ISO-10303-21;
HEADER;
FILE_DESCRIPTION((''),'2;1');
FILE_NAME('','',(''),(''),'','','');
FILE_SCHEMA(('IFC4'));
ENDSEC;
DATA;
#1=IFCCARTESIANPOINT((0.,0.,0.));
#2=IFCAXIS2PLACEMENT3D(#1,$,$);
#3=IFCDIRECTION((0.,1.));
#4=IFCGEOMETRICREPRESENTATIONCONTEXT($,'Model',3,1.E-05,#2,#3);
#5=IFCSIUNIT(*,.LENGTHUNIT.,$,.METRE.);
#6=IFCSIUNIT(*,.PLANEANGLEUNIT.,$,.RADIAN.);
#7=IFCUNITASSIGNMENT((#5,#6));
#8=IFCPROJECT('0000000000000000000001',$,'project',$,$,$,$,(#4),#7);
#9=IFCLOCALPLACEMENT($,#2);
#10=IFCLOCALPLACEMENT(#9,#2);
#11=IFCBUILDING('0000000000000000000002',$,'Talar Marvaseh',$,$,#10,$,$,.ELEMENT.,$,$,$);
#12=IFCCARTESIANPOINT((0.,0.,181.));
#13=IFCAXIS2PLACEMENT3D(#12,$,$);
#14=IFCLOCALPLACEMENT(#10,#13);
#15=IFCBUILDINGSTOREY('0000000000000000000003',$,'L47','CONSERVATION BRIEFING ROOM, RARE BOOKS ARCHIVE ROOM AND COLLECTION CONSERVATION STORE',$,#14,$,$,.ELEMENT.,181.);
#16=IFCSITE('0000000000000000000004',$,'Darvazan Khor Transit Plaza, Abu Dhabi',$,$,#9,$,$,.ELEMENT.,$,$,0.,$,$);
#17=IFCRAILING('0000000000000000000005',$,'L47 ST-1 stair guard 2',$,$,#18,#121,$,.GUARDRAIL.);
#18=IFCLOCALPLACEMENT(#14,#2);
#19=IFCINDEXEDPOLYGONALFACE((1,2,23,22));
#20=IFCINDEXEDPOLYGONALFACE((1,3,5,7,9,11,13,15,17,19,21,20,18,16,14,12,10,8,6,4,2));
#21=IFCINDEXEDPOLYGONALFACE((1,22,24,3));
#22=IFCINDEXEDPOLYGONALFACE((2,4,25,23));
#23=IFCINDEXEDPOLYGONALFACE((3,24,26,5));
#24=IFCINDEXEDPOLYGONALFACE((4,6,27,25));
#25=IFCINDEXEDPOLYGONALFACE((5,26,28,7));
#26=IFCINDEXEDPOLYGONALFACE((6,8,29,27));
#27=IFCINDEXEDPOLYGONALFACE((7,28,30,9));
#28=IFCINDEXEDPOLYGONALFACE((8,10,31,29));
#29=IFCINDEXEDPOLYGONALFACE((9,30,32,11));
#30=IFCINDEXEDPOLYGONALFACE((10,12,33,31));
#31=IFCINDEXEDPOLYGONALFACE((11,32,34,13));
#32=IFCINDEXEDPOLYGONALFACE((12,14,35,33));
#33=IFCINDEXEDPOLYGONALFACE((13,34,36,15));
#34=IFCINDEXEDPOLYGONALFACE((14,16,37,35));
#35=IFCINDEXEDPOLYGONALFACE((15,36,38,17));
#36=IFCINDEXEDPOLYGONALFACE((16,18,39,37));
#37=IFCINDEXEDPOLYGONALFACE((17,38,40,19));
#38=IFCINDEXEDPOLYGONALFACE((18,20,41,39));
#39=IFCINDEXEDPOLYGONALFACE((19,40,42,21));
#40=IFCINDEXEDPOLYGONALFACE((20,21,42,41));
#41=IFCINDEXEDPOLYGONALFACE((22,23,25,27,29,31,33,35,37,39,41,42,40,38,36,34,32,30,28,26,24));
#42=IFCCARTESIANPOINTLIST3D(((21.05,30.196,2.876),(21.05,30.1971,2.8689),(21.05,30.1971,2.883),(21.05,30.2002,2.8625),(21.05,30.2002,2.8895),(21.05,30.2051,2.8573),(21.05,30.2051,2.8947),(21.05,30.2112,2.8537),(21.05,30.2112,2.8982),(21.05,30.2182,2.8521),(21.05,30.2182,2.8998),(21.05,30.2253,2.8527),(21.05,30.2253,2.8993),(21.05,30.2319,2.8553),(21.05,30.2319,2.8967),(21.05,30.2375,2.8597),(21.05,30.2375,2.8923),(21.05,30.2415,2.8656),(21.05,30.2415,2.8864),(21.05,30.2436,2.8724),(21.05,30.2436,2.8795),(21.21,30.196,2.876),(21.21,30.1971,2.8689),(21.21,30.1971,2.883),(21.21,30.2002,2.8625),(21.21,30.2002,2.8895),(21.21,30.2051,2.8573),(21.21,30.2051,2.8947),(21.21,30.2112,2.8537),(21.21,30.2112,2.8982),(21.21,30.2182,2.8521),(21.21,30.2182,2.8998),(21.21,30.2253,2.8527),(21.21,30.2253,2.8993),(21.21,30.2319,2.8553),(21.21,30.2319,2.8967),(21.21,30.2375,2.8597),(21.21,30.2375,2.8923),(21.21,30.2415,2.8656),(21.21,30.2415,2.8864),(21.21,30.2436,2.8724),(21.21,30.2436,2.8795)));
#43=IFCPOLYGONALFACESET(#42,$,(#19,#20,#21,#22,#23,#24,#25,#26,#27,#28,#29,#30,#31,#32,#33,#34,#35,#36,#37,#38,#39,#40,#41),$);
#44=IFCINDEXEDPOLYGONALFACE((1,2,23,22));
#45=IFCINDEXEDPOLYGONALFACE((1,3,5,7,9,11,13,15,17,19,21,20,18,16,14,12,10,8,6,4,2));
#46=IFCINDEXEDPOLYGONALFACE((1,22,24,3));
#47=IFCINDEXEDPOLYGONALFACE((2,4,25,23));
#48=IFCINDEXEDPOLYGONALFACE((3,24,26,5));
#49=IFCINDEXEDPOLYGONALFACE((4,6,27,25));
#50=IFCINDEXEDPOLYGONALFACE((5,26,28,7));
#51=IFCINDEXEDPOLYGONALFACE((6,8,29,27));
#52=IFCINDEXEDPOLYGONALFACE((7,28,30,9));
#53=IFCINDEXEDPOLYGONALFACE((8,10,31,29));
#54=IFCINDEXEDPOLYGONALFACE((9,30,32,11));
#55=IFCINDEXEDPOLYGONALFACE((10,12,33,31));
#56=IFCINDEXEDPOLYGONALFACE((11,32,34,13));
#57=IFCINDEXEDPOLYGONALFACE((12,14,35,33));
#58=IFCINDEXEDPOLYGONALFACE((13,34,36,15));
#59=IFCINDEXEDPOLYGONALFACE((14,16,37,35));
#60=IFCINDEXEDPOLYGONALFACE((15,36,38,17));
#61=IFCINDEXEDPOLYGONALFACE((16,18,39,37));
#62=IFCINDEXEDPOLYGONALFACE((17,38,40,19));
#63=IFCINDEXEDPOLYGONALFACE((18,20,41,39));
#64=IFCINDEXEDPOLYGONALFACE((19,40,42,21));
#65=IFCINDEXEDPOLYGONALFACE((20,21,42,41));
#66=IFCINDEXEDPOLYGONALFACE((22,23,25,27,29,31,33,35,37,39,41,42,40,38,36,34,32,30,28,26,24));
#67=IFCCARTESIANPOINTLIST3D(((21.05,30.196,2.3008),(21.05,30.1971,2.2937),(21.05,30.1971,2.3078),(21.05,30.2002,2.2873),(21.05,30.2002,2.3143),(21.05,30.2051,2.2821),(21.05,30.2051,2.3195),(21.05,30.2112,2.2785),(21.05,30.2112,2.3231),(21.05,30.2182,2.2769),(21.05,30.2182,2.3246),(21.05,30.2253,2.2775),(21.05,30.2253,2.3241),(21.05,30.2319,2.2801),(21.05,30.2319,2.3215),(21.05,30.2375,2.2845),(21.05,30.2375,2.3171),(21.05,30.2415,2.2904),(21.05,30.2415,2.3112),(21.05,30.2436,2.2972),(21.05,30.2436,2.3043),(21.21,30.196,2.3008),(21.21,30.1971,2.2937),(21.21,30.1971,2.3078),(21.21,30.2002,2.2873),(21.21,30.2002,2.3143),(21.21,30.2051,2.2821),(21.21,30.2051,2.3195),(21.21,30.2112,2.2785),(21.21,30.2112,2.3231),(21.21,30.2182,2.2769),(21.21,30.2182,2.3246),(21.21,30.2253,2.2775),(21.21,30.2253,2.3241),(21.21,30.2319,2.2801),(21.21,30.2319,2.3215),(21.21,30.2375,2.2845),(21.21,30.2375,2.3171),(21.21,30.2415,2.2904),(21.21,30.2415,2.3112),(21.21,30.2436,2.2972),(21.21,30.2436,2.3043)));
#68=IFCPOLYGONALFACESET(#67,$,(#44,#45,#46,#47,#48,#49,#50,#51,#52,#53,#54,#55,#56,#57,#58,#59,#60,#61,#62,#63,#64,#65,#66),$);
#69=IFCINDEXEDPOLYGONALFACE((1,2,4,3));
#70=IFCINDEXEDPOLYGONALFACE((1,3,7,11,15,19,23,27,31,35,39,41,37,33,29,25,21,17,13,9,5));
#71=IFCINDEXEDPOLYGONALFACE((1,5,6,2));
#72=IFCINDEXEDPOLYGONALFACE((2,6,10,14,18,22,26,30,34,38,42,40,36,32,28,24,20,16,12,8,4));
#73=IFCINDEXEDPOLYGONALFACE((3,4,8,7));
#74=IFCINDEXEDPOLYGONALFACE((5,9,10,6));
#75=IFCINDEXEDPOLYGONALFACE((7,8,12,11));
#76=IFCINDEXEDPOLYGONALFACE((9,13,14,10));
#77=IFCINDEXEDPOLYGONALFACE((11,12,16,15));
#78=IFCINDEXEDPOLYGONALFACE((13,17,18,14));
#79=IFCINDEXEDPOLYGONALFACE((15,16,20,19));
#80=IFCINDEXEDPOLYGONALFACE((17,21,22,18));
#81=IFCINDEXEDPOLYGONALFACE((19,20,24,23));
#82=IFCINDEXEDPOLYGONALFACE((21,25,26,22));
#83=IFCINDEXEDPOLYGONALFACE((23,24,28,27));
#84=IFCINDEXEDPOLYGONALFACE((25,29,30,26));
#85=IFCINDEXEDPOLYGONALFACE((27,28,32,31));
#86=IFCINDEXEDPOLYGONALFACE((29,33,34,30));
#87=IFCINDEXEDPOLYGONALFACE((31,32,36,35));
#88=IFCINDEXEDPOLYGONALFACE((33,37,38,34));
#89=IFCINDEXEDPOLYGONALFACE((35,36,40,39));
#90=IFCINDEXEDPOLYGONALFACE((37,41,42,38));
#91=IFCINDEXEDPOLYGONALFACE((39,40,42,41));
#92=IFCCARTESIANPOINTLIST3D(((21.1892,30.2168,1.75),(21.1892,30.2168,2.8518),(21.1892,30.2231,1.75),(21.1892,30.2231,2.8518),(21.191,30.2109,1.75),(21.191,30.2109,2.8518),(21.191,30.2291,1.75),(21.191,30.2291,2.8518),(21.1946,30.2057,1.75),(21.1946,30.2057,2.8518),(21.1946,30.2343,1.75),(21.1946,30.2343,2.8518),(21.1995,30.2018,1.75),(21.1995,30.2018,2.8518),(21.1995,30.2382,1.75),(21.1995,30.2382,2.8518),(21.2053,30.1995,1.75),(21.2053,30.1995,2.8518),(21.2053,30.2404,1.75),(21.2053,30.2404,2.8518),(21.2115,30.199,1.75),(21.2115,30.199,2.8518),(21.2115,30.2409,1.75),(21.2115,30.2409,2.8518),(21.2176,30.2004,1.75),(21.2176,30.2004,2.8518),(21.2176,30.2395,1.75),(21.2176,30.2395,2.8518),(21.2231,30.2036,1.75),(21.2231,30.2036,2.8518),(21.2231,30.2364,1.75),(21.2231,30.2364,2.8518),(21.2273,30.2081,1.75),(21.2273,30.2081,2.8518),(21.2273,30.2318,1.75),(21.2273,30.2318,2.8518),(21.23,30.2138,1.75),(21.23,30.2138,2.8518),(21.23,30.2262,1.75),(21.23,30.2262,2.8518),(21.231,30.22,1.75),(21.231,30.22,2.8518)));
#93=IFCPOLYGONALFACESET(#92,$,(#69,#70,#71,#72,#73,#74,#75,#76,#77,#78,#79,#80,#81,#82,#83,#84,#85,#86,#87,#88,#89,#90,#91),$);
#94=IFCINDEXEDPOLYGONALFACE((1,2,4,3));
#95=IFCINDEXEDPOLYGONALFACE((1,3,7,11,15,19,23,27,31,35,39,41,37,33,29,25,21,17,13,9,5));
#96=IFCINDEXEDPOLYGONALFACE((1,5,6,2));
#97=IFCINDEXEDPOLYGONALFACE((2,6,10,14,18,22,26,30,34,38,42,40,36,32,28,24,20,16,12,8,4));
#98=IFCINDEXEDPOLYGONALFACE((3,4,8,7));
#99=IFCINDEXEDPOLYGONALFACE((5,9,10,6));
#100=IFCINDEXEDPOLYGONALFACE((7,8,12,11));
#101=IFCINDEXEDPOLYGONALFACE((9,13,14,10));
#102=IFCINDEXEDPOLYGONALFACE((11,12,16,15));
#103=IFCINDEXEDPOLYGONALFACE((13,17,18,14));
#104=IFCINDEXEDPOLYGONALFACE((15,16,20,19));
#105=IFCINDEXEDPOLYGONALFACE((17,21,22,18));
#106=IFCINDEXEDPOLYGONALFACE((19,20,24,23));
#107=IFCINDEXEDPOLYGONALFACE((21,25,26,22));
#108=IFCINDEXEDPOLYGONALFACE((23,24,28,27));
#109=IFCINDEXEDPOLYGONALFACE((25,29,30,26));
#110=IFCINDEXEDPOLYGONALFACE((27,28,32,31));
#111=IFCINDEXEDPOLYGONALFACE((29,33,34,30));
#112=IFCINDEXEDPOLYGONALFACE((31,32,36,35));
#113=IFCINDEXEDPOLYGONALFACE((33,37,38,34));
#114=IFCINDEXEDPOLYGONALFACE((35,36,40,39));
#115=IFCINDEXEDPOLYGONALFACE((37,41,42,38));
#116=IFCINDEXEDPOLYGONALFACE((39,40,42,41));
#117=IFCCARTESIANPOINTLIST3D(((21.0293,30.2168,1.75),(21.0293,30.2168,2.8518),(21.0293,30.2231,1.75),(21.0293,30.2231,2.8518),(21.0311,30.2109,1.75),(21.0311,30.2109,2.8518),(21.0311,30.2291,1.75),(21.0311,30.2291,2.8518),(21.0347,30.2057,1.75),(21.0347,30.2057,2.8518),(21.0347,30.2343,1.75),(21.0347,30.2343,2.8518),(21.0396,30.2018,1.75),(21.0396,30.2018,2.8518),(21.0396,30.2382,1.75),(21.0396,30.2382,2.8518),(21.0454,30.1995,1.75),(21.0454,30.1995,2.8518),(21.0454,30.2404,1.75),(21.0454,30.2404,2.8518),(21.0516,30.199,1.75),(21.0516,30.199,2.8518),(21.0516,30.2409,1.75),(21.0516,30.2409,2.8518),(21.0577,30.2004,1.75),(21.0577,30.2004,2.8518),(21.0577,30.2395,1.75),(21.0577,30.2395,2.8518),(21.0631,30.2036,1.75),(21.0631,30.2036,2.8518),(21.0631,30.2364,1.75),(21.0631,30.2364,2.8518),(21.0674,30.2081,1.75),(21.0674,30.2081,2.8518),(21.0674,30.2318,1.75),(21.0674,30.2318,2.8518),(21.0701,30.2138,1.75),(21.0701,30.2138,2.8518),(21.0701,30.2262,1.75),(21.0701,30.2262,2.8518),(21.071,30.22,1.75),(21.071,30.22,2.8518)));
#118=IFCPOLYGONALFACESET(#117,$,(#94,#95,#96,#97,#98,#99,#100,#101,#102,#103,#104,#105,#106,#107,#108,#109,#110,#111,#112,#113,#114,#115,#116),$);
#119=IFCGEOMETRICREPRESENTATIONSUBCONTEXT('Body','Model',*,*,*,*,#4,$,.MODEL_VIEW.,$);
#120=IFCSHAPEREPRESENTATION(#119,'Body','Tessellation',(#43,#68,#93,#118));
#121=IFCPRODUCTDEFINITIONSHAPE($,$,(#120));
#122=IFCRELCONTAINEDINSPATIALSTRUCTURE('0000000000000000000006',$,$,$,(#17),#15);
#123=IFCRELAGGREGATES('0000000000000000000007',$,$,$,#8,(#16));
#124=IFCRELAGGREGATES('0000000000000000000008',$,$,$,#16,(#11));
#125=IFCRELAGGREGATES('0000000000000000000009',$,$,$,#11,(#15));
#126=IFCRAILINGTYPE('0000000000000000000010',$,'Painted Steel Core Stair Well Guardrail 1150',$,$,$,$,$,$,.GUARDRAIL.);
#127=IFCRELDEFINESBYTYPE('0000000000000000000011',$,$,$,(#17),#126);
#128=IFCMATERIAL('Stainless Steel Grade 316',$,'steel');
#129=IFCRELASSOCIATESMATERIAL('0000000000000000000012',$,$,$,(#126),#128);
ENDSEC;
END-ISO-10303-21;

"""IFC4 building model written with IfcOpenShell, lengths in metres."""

from ifc_helpers import new_model, si_unit, direction, frame, origin, origin_2d, place, context, subcontext, project, spatial, circle, extrude, material, type_object, element, save


model = new_model("IFC4")

# Units and contexts
model_context = context("Model", 3, precision=1e-05, world=origin(), true_north=direction((0.0, 1.0)))
body_context = subcontext(model_context, "Body", "Model", "MODEL_VIEW")
ifc_project = project(units=[si_unit("LENGTHUNIT", "METRE"), si_unit("PLANEANGLEUNIT", "RADIAN")], contexts=[model_context])

# Site, building, storey
site_placement = place(None, origin())
site = spatial("IfcSite", under=ifc_project, at=site_placement, Name="Darvazan Khor Transit Plaza, Abu Dhabi", CompositionType="ELEMENT", RefElevation=0.0)
building_placement = place(site_placement, origin())
building = spatial("IfcBuilding", under=site, at=building_placement, Name="Talar Marvaseh", CompositionType="ELEMENT")
storey_placement = place(building_placement, frame((0.0, 0.0, 181.0)))
storey = spatial("IfcBuildingStorey", under=building, at=storey_placement, Name="L47", Description="CONSERVATION BRIEFING ROOM, RARE BOOKS ARCHIVE ROOM AND COLLECTION CONSERVATION STORE", CompositionType="ELEMENT", Elevation=181.0)

# Railing
ifc_material_1 = material(Name="Stainless Steel Grade 316", Category="steel")
railing_type_1 = type_object("IfcRailingType", Name="Painted Steel Core Stair Well Guardrail 1150", PredefinedType="GUARDRAIL", material=ifc_material_1)
railing_1_placement = place(storey_placement, frame((21.21, 30.22, 1.75)))
element("IfcRailing", 1, at=railing_1_placement, inside=storey, type_object=railing_type_1, Name="L47 ST-1 stair guard 2", PredefinedType="GUARDRAIL", context=body_context, shape_type="SweptSolid", body=[
    extrude(circle(Radius=0.0239, at=origin_2d()), frame((0.0, 0.0, 1.126), z_axis=(-1.0, 0.0, 0.0), x_axis=(0.0, -1.0, 0.0)), (0.0, 0.0, 1.0), 0.1599),
    extrude(circle(Radius=0.0239, at=origin_2d()), frame((0.0, 0.0, 0.5508), z_axis=(-1.0, 0.0, 0.0), x_axis=(0.0, -1.0, 0.0)), (0.0, 0.0, 1.0), 0.1599),
    extrude(circle(Radius=0.021, at=origin_2d()), origin(), (0.0, 0.0, 1.0), 1.1018),
    extrude(circle(Radius=0.021, at=origin_2d()), frame((-0.1599, 0.0, 0.0)), (0.0, 0.0, 1.0), 1.1018),
])

save(model, "model.ifc")
